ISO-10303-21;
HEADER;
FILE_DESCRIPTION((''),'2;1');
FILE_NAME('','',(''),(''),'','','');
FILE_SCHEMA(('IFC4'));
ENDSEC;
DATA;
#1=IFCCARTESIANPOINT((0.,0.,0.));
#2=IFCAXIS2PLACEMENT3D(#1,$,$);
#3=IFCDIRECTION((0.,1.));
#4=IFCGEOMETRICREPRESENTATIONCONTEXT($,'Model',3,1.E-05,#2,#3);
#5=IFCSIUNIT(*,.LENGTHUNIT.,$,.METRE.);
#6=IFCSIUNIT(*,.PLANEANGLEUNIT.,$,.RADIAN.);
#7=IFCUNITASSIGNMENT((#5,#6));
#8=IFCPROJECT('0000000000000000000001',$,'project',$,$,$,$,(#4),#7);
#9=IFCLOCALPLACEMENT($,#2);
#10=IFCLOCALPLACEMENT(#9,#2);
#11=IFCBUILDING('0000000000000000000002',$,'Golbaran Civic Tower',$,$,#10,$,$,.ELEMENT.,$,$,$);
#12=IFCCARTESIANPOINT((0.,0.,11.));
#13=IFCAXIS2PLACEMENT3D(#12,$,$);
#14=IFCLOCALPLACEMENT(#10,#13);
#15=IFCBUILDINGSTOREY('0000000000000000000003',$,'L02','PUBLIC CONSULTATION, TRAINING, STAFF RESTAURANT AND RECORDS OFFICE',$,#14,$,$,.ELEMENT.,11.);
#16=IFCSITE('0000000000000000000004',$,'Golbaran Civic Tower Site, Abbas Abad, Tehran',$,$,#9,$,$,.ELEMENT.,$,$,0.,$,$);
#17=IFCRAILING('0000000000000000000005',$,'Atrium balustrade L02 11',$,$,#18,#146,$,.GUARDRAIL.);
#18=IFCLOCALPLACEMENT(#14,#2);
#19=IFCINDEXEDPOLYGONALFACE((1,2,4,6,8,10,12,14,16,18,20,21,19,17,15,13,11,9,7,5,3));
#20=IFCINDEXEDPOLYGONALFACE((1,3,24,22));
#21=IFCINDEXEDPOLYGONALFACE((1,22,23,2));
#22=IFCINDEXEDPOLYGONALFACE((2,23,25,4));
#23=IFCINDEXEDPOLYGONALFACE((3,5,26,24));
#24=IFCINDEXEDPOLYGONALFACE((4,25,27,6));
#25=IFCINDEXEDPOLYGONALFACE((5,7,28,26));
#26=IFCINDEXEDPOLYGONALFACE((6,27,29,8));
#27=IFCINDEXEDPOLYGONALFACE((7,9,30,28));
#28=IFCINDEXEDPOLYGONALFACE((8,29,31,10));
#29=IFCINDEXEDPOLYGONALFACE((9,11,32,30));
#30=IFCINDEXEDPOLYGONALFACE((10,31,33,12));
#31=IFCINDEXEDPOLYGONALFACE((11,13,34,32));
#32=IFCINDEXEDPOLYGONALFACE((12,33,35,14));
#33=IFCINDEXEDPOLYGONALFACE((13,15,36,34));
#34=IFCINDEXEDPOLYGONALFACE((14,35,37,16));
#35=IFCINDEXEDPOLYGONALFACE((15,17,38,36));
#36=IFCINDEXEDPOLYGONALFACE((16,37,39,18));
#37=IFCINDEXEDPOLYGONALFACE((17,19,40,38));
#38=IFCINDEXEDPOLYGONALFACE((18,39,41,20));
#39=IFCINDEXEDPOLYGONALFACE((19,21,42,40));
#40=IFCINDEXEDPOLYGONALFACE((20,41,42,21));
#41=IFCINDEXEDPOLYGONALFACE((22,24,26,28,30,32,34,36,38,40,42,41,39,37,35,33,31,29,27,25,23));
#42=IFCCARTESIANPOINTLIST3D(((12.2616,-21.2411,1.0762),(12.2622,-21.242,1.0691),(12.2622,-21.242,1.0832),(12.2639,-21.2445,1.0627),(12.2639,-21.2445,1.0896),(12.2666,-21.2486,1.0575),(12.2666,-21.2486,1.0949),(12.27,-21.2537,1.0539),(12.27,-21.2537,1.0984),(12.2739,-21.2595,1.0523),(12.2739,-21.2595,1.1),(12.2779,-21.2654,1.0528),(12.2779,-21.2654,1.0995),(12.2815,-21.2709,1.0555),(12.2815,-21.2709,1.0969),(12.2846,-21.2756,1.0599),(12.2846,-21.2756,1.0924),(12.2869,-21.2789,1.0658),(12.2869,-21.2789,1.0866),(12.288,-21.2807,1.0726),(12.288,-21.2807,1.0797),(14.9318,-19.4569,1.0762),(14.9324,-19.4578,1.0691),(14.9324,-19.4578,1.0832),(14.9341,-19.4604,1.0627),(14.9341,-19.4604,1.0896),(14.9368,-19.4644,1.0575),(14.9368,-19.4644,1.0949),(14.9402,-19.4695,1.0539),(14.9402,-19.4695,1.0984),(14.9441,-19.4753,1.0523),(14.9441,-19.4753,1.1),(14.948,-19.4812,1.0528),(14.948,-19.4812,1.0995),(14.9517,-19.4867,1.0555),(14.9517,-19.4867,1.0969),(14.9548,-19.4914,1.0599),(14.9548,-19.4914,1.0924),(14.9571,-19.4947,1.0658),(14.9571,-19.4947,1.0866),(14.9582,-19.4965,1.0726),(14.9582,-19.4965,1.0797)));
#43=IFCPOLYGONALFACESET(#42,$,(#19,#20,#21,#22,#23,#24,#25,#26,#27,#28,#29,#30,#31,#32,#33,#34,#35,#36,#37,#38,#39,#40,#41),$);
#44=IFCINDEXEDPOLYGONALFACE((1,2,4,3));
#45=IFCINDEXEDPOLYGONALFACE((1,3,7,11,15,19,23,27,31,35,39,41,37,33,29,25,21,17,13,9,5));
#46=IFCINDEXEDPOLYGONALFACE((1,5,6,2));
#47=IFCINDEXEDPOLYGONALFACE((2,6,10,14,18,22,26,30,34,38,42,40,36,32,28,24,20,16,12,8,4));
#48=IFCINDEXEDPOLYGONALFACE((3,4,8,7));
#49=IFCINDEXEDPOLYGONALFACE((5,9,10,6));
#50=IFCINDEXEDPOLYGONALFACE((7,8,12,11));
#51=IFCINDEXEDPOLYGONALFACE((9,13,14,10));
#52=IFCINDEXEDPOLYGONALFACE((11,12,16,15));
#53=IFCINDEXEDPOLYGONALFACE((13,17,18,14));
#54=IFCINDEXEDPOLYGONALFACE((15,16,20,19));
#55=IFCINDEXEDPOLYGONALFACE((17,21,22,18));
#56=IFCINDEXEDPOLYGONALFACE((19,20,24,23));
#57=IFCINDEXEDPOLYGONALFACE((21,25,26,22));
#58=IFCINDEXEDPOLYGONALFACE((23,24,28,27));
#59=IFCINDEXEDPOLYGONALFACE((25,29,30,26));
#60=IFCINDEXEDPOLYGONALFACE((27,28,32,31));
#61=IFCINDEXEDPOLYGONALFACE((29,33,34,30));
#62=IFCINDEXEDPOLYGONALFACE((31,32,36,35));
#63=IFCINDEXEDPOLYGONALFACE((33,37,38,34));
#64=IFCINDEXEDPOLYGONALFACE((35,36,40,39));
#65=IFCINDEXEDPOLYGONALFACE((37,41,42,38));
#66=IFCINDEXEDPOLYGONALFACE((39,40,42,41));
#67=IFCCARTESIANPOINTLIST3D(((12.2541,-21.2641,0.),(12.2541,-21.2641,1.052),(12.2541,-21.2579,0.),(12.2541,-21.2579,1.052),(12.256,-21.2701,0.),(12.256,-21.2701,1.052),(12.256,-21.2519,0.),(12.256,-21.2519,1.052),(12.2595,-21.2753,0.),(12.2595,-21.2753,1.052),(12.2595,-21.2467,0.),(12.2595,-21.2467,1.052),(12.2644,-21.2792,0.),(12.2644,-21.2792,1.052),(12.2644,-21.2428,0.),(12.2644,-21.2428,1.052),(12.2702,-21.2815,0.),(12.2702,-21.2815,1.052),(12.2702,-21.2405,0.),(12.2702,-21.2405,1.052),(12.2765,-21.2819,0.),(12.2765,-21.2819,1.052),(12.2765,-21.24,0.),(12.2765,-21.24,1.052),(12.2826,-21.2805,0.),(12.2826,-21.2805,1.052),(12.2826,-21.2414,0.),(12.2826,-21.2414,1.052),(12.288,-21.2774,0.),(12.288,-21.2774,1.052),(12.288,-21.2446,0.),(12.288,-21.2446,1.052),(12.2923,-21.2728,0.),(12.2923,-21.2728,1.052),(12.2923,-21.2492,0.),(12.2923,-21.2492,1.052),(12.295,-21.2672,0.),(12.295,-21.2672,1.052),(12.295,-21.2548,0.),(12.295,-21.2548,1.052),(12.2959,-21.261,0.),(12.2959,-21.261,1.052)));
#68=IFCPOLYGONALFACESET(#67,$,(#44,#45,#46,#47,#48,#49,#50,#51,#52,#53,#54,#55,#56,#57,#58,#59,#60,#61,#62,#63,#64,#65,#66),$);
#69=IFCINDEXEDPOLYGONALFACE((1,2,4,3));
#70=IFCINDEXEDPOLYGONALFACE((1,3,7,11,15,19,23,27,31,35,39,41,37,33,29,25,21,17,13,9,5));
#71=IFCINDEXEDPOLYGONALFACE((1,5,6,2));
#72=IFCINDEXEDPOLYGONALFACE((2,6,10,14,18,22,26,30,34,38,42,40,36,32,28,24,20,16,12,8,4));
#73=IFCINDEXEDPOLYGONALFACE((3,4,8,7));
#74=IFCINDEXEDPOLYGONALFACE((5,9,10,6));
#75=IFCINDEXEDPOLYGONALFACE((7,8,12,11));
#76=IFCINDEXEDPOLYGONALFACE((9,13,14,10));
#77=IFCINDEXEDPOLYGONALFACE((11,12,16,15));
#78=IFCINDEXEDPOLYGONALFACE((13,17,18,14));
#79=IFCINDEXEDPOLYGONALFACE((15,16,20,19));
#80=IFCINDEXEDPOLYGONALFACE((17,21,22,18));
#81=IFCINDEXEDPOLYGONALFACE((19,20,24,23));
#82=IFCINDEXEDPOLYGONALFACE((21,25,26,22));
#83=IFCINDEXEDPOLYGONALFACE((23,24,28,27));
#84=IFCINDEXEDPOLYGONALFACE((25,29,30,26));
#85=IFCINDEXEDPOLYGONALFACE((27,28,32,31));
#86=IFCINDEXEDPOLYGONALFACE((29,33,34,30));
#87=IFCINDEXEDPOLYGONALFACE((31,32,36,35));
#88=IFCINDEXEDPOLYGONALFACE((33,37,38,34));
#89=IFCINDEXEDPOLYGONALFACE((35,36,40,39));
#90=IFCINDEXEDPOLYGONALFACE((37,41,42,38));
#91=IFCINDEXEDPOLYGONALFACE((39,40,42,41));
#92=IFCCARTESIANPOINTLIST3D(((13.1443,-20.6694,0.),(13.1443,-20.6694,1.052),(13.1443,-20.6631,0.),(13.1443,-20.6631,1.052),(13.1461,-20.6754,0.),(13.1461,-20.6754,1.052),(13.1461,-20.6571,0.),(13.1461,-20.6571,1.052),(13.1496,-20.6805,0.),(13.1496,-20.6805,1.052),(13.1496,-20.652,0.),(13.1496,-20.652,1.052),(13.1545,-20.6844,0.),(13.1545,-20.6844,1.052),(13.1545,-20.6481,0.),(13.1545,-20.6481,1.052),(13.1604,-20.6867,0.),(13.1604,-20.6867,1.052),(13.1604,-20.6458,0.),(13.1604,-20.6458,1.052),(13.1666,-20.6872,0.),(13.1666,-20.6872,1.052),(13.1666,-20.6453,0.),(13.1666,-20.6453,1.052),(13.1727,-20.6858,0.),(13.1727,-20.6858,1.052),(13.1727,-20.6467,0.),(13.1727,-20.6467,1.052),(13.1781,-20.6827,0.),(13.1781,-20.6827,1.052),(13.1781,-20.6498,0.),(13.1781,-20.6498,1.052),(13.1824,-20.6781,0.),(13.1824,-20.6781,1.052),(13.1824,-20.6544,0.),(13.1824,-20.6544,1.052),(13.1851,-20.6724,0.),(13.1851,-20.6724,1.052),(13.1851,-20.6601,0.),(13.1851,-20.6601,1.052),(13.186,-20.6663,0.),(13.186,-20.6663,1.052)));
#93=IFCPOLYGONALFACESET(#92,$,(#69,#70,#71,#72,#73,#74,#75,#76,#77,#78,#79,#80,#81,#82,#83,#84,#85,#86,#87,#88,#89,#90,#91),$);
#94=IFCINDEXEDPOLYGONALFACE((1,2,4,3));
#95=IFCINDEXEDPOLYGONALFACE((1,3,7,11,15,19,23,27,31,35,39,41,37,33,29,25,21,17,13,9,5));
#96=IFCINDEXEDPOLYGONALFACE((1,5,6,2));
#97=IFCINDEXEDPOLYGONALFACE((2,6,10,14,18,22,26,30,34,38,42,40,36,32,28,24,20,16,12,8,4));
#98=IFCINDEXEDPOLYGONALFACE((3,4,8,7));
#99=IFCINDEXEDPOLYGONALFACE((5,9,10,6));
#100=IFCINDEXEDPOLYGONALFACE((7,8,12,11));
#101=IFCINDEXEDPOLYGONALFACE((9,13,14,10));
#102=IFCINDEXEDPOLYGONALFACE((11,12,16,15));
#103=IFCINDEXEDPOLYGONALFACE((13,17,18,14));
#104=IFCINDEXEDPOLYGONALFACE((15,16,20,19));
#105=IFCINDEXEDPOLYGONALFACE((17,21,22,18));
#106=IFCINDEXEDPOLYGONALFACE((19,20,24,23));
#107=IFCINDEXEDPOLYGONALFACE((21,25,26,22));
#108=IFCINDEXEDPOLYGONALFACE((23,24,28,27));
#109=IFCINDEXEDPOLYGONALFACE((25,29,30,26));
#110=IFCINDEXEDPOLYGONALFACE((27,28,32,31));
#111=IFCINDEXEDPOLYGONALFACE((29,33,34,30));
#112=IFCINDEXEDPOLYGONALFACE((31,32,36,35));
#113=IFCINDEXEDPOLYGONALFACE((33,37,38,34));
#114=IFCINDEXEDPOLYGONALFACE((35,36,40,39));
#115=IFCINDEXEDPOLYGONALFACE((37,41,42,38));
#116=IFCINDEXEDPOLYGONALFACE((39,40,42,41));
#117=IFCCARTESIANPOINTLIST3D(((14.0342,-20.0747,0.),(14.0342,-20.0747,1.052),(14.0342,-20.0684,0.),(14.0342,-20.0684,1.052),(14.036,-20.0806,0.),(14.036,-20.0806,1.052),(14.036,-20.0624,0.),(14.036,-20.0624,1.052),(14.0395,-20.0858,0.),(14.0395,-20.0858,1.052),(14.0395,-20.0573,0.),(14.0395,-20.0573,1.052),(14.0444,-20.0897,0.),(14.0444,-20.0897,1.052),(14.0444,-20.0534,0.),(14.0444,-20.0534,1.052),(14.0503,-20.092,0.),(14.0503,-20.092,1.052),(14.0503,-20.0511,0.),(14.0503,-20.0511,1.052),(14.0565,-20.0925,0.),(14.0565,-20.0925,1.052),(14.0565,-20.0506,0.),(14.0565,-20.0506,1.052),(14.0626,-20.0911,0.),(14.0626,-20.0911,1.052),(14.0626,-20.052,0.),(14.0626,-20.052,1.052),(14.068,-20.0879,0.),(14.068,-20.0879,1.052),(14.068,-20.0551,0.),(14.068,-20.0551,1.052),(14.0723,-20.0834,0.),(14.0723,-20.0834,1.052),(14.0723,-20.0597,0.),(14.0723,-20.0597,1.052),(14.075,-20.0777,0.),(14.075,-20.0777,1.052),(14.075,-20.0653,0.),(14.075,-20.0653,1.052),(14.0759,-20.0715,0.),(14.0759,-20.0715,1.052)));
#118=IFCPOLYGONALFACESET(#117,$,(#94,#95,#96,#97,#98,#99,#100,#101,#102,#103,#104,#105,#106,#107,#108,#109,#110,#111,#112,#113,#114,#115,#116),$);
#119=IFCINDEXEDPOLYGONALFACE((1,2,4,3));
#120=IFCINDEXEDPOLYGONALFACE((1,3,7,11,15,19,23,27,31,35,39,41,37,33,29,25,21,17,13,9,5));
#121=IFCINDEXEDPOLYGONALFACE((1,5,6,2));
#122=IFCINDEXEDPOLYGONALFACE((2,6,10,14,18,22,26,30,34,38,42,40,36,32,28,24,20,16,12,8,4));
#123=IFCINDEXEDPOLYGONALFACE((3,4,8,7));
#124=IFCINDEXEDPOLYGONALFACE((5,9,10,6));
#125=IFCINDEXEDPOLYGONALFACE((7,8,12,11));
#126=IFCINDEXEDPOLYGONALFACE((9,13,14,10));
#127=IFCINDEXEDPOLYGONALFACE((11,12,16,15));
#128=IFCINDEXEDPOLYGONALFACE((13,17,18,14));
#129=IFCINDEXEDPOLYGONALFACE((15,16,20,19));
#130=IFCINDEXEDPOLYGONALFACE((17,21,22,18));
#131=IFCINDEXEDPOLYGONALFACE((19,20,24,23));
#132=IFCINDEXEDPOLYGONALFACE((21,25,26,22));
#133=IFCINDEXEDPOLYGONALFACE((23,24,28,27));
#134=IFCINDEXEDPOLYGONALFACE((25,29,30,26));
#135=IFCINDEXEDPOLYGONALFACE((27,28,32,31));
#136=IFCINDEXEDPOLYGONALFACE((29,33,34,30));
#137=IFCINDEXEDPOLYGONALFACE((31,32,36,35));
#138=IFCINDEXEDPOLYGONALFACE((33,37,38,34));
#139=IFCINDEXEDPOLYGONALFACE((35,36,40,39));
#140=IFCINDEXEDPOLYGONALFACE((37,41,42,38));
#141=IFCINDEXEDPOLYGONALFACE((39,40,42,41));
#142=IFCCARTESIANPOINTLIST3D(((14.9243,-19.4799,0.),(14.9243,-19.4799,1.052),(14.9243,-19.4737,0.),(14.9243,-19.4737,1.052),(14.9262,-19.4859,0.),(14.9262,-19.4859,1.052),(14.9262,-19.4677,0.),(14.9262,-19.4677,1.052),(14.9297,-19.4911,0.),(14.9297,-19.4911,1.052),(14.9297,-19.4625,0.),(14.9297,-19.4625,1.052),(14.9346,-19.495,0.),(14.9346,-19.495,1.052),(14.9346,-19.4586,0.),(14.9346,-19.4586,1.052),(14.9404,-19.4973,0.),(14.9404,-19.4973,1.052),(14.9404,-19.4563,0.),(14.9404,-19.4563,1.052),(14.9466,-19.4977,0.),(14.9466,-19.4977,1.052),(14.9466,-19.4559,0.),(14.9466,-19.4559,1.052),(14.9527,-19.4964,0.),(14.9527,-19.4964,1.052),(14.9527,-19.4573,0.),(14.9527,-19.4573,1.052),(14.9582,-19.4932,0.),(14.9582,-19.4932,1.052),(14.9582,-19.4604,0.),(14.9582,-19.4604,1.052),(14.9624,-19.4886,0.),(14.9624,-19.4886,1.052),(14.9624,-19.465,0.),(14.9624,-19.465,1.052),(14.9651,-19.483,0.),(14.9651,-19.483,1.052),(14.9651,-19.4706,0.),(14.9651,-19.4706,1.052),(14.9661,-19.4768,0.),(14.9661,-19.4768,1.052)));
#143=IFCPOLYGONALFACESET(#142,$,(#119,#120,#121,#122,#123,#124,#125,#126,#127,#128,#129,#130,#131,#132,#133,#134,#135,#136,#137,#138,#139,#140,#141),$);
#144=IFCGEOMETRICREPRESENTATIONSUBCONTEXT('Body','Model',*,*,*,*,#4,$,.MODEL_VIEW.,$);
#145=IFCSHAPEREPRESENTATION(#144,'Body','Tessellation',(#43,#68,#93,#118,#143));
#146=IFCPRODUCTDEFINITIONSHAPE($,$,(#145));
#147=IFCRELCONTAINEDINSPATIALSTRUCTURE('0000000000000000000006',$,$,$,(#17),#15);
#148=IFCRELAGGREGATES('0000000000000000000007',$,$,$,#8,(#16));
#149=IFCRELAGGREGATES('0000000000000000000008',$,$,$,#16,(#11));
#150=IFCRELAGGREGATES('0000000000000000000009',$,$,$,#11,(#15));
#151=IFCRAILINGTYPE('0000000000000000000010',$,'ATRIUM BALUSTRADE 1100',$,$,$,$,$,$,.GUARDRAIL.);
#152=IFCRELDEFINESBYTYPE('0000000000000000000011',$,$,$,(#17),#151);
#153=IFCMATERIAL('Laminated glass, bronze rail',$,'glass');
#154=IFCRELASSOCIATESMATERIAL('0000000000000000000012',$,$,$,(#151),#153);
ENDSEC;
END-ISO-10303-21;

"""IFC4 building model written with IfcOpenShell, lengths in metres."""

from ifc_helpers import new_model, si_unit, direction, frame, origin, origin_2d, place, context, subcontext, project, spatial, circle, extrude, material, type_object, element, save


model = new_model("IFC4")

# Units and contexts
model_context = context("Model", 3, precision=1e-05, world=origin(), true_north=direction((0.0, 1.0)))
body_context = subcontext(model_context, "Body", "Model", "MODEL_VIEW")
ifc_project = project(units=[si_unit("LENGTHUNIT", "METRE"), si_unit("PLANEANGLEUNIT", "RADIAN")], contexts=[model_context])

# Site, building, storey
site_placement = place(None, origin())
site = spatial("IfcSite", under=ifc_project, at=site_placement, Name="Golbaran Civic Tower Site, Abbas Abad, Tehran", CompositionType="ELEMENT", RefElevation=0.0)
building_placement = place(site_placement, origin())
building = spatial("IfcBuilding", under=site, at=building_placement, Name="Golbaran Civic Tower", CompositionType="ELEMENT")
storey_placement = place(building_placement, frame((0.0, 0.0, 11.0)))
storey = spatial("IfcBuildingStorey", under=building, at=storey_placement, Name="L02", Description="PUBLIC CONSULTATION, TRAINING, STAFF RESTAURANT AND RECORDS OFFICE", CompositionType="ELEMENT", Elevation=11.0)

# Railing
ifc_material_1 = material(Name="Laminated glass, bronze rail", Category="glass")
railing_type = type_object("IfcRailingType", Name="ATRIUM BALUSTRADE 1100", PredefinedType="GUARDRAIL", material=ifc_material_1)
railing_placement = place(storey_placement, frame((12.2749, -21.261, 0.0)))
element("IfcRailing", 1, at=railing_placement, inside=storey, type_object=railing_type, Name="Atrium balustrade L02 11", PredefinedType="GUARDRAIL", context=body_context, shape_type="SweptSolid", body=[
    extrude(circle(Radius=0.0239, at=origin_2d()), frame((0.0, 0.0, 1.0762), z_axis=(0.831465, 0.555577, 0.0), x_axis=(-0.555577, 0.831465, 0.0)), (0.0, 0.0, 1.0), 3.2114),
    extrude(circle(Radius=0.021, at=origin_2d()), origin(), (0.0, 0.0, 1.0), 1.052),
    extrude(circle(Radius=0.021, at=origin_2d()), frame((0.8901, 0.5947, 0.0)), (0.0, 0.0, 1.0), 1.052),
    extrude(circle(Radius=0.021, at=origin_2d()), frame((1.78, 1.1895, 0.0)), (0.0, 0.0, 1.0), 1.052),
    extrude(circle(Radius=0.021, at=origin_2d()), frame((2.6702, 1.7842, 0.0)), (0.0, 0.0, 1.0), 1.052),
])

save(model, "model.ifc")
